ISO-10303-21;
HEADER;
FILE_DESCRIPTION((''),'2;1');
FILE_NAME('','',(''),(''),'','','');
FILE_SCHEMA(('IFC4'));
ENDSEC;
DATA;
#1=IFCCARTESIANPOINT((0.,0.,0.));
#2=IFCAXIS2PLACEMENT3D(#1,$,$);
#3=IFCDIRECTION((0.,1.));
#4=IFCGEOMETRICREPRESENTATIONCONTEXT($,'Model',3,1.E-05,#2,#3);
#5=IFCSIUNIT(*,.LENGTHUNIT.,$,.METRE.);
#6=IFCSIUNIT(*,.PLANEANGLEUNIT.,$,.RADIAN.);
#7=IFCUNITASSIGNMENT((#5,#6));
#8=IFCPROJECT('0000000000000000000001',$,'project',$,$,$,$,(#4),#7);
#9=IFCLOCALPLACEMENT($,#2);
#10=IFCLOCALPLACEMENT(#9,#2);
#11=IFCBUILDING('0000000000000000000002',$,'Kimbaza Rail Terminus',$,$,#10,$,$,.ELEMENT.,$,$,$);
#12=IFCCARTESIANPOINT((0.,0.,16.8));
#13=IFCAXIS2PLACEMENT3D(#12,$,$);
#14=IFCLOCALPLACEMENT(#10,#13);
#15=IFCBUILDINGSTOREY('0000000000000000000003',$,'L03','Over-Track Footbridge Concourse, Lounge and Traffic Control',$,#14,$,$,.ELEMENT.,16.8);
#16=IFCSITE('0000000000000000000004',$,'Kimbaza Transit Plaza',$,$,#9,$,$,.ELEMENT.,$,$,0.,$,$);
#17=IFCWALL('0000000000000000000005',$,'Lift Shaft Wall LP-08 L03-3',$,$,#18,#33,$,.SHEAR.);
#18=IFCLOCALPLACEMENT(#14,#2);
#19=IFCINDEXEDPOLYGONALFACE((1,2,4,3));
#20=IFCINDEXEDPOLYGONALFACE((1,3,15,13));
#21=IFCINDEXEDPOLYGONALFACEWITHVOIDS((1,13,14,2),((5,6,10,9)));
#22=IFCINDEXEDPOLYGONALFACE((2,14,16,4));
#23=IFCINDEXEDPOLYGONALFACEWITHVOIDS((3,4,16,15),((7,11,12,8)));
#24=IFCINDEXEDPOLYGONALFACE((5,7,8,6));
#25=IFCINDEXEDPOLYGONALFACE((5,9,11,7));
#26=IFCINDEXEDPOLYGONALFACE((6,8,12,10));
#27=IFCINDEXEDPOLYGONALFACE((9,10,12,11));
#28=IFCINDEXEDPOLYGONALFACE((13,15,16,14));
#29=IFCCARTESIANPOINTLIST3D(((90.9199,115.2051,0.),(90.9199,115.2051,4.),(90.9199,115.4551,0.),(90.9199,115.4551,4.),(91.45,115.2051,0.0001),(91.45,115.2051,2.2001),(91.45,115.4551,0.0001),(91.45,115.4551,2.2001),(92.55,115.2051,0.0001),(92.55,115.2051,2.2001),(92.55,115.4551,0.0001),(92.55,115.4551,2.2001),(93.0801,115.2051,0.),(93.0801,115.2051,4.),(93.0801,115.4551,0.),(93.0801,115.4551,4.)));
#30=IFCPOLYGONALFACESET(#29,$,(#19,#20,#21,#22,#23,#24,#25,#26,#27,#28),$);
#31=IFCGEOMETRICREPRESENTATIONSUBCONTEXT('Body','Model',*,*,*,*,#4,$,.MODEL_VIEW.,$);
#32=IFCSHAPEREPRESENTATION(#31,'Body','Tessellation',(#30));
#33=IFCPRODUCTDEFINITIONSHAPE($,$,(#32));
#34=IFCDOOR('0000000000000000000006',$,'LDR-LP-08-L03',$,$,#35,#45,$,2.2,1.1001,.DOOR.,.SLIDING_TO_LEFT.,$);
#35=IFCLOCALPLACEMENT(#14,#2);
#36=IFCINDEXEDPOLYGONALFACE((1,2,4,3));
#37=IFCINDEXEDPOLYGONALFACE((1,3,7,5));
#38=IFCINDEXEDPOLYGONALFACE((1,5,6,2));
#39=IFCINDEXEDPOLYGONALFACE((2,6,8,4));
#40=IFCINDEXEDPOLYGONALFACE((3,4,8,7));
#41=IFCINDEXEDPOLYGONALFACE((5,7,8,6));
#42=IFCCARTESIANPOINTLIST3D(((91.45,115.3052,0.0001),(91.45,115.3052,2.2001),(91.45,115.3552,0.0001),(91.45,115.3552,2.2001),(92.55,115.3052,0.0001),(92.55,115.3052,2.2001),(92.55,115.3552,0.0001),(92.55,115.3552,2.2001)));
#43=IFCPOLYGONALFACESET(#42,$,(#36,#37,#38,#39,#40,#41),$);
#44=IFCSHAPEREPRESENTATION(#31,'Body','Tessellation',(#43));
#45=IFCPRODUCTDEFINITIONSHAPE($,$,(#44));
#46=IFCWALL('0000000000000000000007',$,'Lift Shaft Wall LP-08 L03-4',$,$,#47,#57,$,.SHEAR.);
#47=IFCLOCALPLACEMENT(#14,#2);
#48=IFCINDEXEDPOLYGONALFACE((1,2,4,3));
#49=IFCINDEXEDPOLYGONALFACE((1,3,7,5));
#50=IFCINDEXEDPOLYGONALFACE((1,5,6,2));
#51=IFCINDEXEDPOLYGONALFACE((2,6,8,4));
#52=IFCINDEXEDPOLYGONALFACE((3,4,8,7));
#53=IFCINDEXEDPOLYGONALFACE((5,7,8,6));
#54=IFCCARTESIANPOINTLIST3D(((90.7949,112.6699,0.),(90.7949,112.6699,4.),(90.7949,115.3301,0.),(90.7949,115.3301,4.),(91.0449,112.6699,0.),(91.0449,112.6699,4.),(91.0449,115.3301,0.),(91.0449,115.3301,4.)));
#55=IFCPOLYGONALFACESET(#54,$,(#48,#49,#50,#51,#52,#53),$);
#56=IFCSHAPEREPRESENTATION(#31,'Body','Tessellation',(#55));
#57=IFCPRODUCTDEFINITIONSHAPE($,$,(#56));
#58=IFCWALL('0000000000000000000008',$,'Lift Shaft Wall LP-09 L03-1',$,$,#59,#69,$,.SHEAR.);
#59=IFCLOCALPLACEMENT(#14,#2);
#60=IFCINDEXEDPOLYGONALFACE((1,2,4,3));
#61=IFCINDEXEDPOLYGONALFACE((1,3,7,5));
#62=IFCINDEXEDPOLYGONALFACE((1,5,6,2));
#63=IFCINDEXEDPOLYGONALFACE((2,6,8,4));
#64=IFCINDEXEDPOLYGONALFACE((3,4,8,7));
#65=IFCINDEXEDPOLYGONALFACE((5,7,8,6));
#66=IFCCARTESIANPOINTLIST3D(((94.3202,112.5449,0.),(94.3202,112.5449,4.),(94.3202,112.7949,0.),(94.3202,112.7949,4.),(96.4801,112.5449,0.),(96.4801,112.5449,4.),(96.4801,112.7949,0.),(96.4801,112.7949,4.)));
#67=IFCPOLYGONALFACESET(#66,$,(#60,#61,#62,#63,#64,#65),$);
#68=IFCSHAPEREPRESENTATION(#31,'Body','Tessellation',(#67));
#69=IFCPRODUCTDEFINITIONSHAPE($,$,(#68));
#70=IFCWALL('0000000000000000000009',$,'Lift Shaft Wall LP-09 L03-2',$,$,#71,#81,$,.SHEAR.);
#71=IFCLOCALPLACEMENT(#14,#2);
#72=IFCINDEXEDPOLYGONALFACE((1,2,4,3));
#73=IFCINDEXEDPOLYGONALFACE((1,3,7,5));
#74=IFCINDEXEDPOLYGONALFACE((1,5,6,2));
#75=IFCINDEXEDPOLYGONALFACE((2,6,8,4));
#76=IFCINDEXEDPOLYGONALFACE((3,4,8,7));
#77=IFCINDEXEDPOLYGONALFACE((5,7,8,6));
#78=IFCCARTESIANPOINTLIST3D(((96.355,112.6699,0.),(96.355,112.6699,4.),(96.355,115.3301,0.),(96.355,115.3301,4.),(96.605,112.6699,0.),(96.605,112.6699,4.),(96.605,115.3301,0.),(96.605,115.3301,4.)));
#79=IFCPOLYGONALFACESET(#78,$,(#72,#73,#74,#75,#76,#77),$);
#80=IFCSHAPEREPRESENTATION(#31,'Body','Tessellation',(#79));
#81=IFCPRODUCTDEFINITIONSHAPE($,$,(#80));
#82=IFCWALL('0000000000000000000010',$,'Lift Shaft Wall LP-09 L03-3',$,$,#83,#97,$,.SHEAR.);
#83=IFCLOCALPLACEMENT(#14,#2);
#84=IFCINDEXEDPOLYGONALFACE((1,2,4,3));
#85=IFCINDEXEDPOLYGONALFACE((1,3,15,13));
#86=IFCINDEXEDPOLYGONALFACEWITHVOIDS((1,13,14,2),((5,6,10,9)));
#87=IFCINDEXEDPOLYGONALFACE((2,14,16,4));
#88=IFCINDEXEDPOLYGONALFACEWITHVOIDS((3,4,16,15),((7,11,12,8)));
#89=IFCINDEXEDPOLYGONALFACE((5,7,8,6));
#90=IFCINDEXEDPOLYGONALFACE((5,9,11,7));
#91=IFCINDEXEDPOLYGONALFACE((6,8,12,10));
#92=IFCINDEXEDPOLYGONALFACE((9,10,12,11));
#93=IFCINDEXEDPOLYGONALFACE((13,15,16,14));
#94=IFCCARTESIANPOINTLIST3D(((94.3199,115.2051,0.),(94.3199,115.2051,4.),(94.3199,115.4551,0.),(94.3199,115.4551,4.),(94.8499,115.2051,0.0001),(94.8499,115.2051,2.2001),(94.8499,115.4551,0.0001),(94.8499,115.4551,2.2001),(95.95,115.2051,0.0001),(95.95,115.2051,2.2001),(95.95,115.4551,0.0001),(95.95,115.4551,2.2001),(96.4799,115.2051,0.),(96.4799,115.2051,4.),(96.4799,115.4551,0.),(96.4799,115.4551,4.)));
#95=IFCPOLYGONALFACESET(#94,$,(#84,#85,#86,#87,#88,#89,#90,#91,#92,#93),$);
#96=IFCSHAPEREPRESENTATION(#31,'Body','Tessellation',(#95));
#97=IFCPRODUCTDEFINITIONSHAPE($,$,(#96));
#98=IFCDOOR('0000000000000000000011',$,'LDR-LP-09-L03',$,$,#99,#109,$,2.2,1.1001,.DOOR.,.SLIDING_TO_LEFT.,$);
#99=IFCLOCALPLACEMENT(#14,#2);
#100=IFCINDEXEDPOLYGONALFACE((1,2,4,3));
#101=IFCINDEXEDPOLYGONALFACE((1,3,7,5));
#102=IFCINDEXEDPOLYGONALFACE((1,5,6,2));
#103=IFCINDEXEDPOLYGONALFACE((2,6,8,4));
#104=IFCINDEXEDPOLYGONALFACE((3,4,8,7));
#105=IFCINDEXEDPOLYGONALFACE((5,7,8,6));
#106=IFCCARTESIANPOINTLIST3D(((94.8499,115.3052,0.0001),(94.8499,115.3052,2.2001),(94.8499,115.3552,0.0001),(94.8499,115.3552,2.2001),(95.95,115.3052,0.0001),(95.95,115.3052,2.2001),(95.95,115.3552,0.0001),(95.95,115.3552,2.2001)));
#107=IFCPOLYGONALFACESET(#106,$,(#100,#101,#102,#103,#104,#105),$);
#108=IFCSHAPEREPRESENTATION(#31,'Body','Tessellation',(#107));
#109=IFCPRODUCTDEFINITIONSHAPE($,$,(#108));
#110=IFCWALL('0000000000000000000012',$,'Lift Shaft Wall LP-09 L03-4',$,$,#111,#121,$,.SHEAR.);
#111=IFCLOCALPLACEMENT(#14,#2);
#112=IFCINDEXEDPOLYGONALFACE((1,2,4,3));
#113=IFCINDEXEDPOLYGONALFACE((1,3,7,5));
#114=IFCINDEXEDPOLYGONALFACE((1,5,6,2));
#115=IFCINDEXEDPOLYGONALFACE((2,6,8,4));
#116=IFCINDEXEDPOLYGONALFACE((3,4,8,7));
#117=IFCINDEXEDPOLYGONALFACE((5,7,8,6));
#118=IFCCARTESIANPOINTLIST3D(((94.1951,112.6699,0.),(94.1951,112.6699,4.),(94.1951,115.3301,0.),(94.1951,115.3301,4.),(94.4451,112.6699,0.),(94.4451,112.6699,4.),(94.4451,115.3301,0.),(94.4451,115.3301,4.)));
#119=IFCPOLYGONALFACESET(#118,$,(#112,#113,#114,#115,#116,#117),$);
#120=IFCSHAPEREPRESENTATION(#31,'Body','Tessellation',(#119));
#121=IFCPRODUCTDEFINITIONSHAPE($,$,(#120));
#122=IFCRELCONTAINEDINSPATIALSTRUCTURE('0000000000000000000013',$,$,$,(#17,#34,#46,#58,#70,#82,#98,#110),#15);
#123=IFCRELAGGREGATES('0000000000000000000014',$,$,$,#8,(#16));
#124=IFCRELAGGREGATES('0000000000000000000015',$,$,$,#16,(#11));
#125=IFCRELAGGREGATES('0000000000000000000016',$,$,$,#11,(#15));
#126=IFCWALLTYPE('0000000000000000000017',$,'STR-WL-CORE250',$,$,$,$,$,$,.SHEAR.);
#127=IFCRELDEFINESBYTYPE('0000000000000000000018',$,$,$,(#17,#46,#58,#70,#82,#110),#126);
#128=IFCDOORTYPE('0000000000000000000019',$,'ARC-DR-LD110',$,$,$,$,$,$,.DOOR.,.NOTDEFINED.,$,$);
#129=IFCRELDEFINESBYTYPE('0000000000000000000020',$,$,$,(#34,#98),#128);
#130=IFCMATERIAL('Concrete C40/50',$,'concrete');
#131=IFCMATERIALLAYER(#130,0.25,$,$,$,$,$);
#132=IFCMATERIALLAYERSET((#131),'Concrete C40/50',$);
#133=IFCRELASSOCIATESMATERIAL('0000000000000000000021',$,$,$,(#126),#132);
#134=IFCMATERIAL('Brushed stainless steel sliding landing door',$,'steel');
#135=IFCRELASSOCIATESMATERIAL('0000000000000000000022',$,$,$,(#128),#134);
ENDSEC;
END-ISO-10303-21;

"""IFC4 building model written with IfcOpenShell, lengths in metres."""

from ifc_helpers import new_model, si_unit, direction, frame, frame_2d, origin, place, context, subcontext, project, spatial, rectangle, extrude, material, layer, layer_set, type_object, element, fill, save


model = new_model("IFC4")

# Units and contexts
model_context = context("Model", 3, precision=1e-05, world=origin(), true_north=direction((0.0, 1.0)))
body_context = subcontext(model_context, "Body", "Model", "MODEL_VIEW")
ifc_project = project(units=[si_unit("LENGTHUNIT", "METRE"), si_unit("PLANEANGLEUNIT", "RADIAN")], contexts=[model_context])

# Site, building, storey
site_placement = place(None, origin())
site = spatial("IfcSite", under=ifc_project, at=site_placement, Name="Kimbaza Transit Plaza", CompositionType="ELEMENT", RefElevation=0.0)
building_placement = place(site_placement, origin())
building = spatial("IfcBuilding", under=site, at=building_placement, Name="Kimbaza Rail Terminus", CompositionType="ELEMENT")
storey_placement = place(building_placement, frame((0.0, 0.0, 16.8)))
storey = spatial("IfcBuildingStorey", under=building, at=storey_placement, Name="L03", Description="Over-Track Footbridge Concourse, Lounge and Traffic Control", CompositionType="ELEMENT", Elevation=16.8)

# Shared definitions
ifc_material_1 = material(Name="Concrete C40/50", Category="concrete")
ifc_layer_1 = layer(ifc_material_1, 0.25)
ifc_layer_set_1 = layer_set([ifc_layer_1], Name="Concrete C40/50")
wall_type_1 = type_object("IfcWallType", Name="STR-WL-CORE250", PredefinedType="SHEAR", material=ifc_layer_set_1)

# Wall, opening, door
wall_1_placement = place(storey_placement, frame((93.0801, 115.3301, 0.0), z_axis=(0.0, 0.0, 1.0), x_axis=(-1.0, 0.0, 0.0)))
wall_1 = element("IfcWall", 1, at=wall_1_placement, inside=storey, type_object=wall_type_1, Name="Lift Shaft Wall LP-08 L03-3", PredefinedType="SHEAR", context=body_context, shape_type="SweptSolid", body=[
    extrude(rectangle(XDim=2.1602, YDim=0.25, at=frame_2d((1.0801, 0.0))), origin(), (0.0, 0.0, 1.0), 4.0),
])
opening_1_placement = place(wall_1_placement, frame((0.53, 0.0, 0.0)))
opening_1 = element("IfcOpeningElement", 2, at=opening_1_placement, cuts=wall_1, PredefinedType="OPENING", context=body_context, shape_type="SweptSolid", body=[
    extrude(rectangle(XDim=1.1001, YDim=2.2, at=frame_2d((0.55, 1.1001))), frame((0.0, 0.135, 0.0), z_axis=(0.0, -1.0, 0.0), x_axis=(1.0, 0.0, 0.0)), (0.0, 0.0, 1.0), 0.27),
])
ifc_material_2 = material(Name="Brushed stainless steel sliding landing door", Category="steel")
door_type_1 = type_object("IfcDoorType", Name="ARC-DR-LD110", OperationType="NOTDEFINED", PredefinedType="DOOR", material=ifc_material_2)
door_1_placement = place(opening_1_placement, origin())
door_1 = element("IfcDoor", 3, at=door_1_placement, inside=storey, type_object=door_type_1, Name="LDR-LP-08-L03", OperationType="SLIDING_TO_LEFT", OverallHeight=2.2, OverallWidth=1.1001, PredefinedType="DOOR", context=body_context, shape_type="SweptSolid", body=[
    extrude(rectangle(XDim=1.1001, YDim=2.2, at=frame_2d((0.55, 1.1001))), frame((0.0, 0.0249, 0.0), z_axis=(0.0, -1.0, 0.0), x_axis=(1.0, 0.0, 0.0)), (0.0, 0.0, 1.0), 0.05),
])
fill(opening_1, door_1)

# Walls
wall_2_placement = place(storey_placement, frame((90.9199, 115.3301, 0.0), z_axis=(0.0, 0.0, 1.0), x_axis=(0.0, -1.0, 0.0)))
element("IfcWall", 4, at=wall_2_placement, inside=storey, type_object=wall_type_1, Name="Lift Shaft Wall LP-08 L03-4", PredefinedType="SHEAR", context=body_context, shape_type="SweptSolid", body=[
    extrude(rectangle(XDim=2.6602, YDim=0.25, at=frame_2d((1.3301, 0.0))), origin(), (0.0, 0.0, 1.0), 4.0),
])
wall_3_placement = place(storey_placement, frame((94.3201, 112.6699, 0.0), z_axis=(0.0, 0.0, 1.0), x_axis=(1.0, 0.0, 0.0)))
element("IfcWall", 5, at=wall_3_placement, inside=storey, type_object=wall_type_1, Name="Lift Shaft Wall LP-09 L03-1", PredefinedType="SHEAR", context=body_context, shape_type="SweptSolid", body=[
    extrude(rectangle(XDim=2.1599, YDim=0.25, at=frame_2d((1.0801, 0.0))), origin(), (0.0, 0.0, 1.0), 4.0),
])
wall_4_placement = place(storey_placement, frame((96.48, 112.6699, 0.0), z_axis=(0.0, 0.0, 1.0), x_axis=(0.0, 1.0, 0.0)))
element("IfcWall", 6, at=wall_4_placement, inside=storey, type_object=wall_type_1, Name="Lift Shaft Wall LP-09 L03-2", PredefinedType="SHEAR", context=body_context, shape_type="SweptSolid", body=[
    extrude(rectangle(XDim=2.6602, YDim=0.25, at=frame_2d((1.3301, 0.0))), origin(), (0.0, 0.0, 1.0), 4.0),
])

# Wall, opening, door
wall_5_placement = place(storey_placement, frame((96.48, 115.3301, 0.0), z_axis=(0.0, 0.0, 1.0), x_axis=(-1.0, 0.0, 0.0)))
wall_5 = element("IfcWall", 7, at=wall_5_placement, inside=storey, type_object=wall_type_1, Name="Lift Shaft Wall LP-09 L03-3", PredefinedType="SHEAR", context=body_context, shape_type="SweptSolid", body=[
    extrude(rectangle(XDim=2.1599, YDim=0.25, at=frame_2d((1.0801, 0.0))), origin(), (0.0, 0.0, 1.0), 4.0),
])
opening_2_placement = place(wall_5_placement, frame((0.53, 0.0, 0.0)))
opening_2 = element("IfcOpeningElement", 8, at=opening_2_placement, cuts=wall_5, PredefinedType="OPENING", context=body_context, shape_type="SweptSolid", body=[
    extrude(rectangle(XDim=1.1001, YDim=2.2, at=frame_2d((0.55, 1.1001))), frame((0.0, 0.135, 0.0), z_axis=(0.0, -1.0, 0.0), x_axis=(1.0, 0.0, 0.0)), (0.0, 0.0, 1.0), 0.27),
])
door_2_placement = place(opening_2_placement, origin())
door_2 = element("IfcDoor", 9, at=door_2_placement, inside=storey, type_object=door_type_1, Name="LDR-LP-09-L03", OperationType="SLIDING_TO_LEFT", OverallHeight=2.2, OverallWidth=1.1001, PredefinedType="DOOR", context=body_context, shape_type="SweptSolid", body=[
    extrude(rectangle(XDim=1.1001, YDim=2.2, at=frame_2d((0.55, 1.1001))), frame((0.0, 0.0249, 0.0), z_axis=(0.0, -1.0, 0.0), x_axis=(1.0, 0.0, 0.0)), (0.0, 0.0, 1.0), 0.05),
])
fill(opening_2, door_2)

# Wall
wall_6_placement = place(storey_placement, frame((94.3201, 115.3301, 0.0), z_axis=(0.0, 0.0, 1.0), x_axis=(0.0, -1.0, 0.0)))
element("IfcWall", 10, at=wall_6_placement, inside=storey, type_object=wall_type_1, Name="Lift Shaft Wall LP-09 L03-4", PredefinedType="SHEAR", context=body_context, shape_type="SweptSolid", body=[
    extrude(rectangle(XDim=2.6602, YDim=0.25, at=frame_2d((1.3301, 0.0))), origin(), (0.0, 0.0, 1.0), 4.0),
])

save(model, "model.ifc")
